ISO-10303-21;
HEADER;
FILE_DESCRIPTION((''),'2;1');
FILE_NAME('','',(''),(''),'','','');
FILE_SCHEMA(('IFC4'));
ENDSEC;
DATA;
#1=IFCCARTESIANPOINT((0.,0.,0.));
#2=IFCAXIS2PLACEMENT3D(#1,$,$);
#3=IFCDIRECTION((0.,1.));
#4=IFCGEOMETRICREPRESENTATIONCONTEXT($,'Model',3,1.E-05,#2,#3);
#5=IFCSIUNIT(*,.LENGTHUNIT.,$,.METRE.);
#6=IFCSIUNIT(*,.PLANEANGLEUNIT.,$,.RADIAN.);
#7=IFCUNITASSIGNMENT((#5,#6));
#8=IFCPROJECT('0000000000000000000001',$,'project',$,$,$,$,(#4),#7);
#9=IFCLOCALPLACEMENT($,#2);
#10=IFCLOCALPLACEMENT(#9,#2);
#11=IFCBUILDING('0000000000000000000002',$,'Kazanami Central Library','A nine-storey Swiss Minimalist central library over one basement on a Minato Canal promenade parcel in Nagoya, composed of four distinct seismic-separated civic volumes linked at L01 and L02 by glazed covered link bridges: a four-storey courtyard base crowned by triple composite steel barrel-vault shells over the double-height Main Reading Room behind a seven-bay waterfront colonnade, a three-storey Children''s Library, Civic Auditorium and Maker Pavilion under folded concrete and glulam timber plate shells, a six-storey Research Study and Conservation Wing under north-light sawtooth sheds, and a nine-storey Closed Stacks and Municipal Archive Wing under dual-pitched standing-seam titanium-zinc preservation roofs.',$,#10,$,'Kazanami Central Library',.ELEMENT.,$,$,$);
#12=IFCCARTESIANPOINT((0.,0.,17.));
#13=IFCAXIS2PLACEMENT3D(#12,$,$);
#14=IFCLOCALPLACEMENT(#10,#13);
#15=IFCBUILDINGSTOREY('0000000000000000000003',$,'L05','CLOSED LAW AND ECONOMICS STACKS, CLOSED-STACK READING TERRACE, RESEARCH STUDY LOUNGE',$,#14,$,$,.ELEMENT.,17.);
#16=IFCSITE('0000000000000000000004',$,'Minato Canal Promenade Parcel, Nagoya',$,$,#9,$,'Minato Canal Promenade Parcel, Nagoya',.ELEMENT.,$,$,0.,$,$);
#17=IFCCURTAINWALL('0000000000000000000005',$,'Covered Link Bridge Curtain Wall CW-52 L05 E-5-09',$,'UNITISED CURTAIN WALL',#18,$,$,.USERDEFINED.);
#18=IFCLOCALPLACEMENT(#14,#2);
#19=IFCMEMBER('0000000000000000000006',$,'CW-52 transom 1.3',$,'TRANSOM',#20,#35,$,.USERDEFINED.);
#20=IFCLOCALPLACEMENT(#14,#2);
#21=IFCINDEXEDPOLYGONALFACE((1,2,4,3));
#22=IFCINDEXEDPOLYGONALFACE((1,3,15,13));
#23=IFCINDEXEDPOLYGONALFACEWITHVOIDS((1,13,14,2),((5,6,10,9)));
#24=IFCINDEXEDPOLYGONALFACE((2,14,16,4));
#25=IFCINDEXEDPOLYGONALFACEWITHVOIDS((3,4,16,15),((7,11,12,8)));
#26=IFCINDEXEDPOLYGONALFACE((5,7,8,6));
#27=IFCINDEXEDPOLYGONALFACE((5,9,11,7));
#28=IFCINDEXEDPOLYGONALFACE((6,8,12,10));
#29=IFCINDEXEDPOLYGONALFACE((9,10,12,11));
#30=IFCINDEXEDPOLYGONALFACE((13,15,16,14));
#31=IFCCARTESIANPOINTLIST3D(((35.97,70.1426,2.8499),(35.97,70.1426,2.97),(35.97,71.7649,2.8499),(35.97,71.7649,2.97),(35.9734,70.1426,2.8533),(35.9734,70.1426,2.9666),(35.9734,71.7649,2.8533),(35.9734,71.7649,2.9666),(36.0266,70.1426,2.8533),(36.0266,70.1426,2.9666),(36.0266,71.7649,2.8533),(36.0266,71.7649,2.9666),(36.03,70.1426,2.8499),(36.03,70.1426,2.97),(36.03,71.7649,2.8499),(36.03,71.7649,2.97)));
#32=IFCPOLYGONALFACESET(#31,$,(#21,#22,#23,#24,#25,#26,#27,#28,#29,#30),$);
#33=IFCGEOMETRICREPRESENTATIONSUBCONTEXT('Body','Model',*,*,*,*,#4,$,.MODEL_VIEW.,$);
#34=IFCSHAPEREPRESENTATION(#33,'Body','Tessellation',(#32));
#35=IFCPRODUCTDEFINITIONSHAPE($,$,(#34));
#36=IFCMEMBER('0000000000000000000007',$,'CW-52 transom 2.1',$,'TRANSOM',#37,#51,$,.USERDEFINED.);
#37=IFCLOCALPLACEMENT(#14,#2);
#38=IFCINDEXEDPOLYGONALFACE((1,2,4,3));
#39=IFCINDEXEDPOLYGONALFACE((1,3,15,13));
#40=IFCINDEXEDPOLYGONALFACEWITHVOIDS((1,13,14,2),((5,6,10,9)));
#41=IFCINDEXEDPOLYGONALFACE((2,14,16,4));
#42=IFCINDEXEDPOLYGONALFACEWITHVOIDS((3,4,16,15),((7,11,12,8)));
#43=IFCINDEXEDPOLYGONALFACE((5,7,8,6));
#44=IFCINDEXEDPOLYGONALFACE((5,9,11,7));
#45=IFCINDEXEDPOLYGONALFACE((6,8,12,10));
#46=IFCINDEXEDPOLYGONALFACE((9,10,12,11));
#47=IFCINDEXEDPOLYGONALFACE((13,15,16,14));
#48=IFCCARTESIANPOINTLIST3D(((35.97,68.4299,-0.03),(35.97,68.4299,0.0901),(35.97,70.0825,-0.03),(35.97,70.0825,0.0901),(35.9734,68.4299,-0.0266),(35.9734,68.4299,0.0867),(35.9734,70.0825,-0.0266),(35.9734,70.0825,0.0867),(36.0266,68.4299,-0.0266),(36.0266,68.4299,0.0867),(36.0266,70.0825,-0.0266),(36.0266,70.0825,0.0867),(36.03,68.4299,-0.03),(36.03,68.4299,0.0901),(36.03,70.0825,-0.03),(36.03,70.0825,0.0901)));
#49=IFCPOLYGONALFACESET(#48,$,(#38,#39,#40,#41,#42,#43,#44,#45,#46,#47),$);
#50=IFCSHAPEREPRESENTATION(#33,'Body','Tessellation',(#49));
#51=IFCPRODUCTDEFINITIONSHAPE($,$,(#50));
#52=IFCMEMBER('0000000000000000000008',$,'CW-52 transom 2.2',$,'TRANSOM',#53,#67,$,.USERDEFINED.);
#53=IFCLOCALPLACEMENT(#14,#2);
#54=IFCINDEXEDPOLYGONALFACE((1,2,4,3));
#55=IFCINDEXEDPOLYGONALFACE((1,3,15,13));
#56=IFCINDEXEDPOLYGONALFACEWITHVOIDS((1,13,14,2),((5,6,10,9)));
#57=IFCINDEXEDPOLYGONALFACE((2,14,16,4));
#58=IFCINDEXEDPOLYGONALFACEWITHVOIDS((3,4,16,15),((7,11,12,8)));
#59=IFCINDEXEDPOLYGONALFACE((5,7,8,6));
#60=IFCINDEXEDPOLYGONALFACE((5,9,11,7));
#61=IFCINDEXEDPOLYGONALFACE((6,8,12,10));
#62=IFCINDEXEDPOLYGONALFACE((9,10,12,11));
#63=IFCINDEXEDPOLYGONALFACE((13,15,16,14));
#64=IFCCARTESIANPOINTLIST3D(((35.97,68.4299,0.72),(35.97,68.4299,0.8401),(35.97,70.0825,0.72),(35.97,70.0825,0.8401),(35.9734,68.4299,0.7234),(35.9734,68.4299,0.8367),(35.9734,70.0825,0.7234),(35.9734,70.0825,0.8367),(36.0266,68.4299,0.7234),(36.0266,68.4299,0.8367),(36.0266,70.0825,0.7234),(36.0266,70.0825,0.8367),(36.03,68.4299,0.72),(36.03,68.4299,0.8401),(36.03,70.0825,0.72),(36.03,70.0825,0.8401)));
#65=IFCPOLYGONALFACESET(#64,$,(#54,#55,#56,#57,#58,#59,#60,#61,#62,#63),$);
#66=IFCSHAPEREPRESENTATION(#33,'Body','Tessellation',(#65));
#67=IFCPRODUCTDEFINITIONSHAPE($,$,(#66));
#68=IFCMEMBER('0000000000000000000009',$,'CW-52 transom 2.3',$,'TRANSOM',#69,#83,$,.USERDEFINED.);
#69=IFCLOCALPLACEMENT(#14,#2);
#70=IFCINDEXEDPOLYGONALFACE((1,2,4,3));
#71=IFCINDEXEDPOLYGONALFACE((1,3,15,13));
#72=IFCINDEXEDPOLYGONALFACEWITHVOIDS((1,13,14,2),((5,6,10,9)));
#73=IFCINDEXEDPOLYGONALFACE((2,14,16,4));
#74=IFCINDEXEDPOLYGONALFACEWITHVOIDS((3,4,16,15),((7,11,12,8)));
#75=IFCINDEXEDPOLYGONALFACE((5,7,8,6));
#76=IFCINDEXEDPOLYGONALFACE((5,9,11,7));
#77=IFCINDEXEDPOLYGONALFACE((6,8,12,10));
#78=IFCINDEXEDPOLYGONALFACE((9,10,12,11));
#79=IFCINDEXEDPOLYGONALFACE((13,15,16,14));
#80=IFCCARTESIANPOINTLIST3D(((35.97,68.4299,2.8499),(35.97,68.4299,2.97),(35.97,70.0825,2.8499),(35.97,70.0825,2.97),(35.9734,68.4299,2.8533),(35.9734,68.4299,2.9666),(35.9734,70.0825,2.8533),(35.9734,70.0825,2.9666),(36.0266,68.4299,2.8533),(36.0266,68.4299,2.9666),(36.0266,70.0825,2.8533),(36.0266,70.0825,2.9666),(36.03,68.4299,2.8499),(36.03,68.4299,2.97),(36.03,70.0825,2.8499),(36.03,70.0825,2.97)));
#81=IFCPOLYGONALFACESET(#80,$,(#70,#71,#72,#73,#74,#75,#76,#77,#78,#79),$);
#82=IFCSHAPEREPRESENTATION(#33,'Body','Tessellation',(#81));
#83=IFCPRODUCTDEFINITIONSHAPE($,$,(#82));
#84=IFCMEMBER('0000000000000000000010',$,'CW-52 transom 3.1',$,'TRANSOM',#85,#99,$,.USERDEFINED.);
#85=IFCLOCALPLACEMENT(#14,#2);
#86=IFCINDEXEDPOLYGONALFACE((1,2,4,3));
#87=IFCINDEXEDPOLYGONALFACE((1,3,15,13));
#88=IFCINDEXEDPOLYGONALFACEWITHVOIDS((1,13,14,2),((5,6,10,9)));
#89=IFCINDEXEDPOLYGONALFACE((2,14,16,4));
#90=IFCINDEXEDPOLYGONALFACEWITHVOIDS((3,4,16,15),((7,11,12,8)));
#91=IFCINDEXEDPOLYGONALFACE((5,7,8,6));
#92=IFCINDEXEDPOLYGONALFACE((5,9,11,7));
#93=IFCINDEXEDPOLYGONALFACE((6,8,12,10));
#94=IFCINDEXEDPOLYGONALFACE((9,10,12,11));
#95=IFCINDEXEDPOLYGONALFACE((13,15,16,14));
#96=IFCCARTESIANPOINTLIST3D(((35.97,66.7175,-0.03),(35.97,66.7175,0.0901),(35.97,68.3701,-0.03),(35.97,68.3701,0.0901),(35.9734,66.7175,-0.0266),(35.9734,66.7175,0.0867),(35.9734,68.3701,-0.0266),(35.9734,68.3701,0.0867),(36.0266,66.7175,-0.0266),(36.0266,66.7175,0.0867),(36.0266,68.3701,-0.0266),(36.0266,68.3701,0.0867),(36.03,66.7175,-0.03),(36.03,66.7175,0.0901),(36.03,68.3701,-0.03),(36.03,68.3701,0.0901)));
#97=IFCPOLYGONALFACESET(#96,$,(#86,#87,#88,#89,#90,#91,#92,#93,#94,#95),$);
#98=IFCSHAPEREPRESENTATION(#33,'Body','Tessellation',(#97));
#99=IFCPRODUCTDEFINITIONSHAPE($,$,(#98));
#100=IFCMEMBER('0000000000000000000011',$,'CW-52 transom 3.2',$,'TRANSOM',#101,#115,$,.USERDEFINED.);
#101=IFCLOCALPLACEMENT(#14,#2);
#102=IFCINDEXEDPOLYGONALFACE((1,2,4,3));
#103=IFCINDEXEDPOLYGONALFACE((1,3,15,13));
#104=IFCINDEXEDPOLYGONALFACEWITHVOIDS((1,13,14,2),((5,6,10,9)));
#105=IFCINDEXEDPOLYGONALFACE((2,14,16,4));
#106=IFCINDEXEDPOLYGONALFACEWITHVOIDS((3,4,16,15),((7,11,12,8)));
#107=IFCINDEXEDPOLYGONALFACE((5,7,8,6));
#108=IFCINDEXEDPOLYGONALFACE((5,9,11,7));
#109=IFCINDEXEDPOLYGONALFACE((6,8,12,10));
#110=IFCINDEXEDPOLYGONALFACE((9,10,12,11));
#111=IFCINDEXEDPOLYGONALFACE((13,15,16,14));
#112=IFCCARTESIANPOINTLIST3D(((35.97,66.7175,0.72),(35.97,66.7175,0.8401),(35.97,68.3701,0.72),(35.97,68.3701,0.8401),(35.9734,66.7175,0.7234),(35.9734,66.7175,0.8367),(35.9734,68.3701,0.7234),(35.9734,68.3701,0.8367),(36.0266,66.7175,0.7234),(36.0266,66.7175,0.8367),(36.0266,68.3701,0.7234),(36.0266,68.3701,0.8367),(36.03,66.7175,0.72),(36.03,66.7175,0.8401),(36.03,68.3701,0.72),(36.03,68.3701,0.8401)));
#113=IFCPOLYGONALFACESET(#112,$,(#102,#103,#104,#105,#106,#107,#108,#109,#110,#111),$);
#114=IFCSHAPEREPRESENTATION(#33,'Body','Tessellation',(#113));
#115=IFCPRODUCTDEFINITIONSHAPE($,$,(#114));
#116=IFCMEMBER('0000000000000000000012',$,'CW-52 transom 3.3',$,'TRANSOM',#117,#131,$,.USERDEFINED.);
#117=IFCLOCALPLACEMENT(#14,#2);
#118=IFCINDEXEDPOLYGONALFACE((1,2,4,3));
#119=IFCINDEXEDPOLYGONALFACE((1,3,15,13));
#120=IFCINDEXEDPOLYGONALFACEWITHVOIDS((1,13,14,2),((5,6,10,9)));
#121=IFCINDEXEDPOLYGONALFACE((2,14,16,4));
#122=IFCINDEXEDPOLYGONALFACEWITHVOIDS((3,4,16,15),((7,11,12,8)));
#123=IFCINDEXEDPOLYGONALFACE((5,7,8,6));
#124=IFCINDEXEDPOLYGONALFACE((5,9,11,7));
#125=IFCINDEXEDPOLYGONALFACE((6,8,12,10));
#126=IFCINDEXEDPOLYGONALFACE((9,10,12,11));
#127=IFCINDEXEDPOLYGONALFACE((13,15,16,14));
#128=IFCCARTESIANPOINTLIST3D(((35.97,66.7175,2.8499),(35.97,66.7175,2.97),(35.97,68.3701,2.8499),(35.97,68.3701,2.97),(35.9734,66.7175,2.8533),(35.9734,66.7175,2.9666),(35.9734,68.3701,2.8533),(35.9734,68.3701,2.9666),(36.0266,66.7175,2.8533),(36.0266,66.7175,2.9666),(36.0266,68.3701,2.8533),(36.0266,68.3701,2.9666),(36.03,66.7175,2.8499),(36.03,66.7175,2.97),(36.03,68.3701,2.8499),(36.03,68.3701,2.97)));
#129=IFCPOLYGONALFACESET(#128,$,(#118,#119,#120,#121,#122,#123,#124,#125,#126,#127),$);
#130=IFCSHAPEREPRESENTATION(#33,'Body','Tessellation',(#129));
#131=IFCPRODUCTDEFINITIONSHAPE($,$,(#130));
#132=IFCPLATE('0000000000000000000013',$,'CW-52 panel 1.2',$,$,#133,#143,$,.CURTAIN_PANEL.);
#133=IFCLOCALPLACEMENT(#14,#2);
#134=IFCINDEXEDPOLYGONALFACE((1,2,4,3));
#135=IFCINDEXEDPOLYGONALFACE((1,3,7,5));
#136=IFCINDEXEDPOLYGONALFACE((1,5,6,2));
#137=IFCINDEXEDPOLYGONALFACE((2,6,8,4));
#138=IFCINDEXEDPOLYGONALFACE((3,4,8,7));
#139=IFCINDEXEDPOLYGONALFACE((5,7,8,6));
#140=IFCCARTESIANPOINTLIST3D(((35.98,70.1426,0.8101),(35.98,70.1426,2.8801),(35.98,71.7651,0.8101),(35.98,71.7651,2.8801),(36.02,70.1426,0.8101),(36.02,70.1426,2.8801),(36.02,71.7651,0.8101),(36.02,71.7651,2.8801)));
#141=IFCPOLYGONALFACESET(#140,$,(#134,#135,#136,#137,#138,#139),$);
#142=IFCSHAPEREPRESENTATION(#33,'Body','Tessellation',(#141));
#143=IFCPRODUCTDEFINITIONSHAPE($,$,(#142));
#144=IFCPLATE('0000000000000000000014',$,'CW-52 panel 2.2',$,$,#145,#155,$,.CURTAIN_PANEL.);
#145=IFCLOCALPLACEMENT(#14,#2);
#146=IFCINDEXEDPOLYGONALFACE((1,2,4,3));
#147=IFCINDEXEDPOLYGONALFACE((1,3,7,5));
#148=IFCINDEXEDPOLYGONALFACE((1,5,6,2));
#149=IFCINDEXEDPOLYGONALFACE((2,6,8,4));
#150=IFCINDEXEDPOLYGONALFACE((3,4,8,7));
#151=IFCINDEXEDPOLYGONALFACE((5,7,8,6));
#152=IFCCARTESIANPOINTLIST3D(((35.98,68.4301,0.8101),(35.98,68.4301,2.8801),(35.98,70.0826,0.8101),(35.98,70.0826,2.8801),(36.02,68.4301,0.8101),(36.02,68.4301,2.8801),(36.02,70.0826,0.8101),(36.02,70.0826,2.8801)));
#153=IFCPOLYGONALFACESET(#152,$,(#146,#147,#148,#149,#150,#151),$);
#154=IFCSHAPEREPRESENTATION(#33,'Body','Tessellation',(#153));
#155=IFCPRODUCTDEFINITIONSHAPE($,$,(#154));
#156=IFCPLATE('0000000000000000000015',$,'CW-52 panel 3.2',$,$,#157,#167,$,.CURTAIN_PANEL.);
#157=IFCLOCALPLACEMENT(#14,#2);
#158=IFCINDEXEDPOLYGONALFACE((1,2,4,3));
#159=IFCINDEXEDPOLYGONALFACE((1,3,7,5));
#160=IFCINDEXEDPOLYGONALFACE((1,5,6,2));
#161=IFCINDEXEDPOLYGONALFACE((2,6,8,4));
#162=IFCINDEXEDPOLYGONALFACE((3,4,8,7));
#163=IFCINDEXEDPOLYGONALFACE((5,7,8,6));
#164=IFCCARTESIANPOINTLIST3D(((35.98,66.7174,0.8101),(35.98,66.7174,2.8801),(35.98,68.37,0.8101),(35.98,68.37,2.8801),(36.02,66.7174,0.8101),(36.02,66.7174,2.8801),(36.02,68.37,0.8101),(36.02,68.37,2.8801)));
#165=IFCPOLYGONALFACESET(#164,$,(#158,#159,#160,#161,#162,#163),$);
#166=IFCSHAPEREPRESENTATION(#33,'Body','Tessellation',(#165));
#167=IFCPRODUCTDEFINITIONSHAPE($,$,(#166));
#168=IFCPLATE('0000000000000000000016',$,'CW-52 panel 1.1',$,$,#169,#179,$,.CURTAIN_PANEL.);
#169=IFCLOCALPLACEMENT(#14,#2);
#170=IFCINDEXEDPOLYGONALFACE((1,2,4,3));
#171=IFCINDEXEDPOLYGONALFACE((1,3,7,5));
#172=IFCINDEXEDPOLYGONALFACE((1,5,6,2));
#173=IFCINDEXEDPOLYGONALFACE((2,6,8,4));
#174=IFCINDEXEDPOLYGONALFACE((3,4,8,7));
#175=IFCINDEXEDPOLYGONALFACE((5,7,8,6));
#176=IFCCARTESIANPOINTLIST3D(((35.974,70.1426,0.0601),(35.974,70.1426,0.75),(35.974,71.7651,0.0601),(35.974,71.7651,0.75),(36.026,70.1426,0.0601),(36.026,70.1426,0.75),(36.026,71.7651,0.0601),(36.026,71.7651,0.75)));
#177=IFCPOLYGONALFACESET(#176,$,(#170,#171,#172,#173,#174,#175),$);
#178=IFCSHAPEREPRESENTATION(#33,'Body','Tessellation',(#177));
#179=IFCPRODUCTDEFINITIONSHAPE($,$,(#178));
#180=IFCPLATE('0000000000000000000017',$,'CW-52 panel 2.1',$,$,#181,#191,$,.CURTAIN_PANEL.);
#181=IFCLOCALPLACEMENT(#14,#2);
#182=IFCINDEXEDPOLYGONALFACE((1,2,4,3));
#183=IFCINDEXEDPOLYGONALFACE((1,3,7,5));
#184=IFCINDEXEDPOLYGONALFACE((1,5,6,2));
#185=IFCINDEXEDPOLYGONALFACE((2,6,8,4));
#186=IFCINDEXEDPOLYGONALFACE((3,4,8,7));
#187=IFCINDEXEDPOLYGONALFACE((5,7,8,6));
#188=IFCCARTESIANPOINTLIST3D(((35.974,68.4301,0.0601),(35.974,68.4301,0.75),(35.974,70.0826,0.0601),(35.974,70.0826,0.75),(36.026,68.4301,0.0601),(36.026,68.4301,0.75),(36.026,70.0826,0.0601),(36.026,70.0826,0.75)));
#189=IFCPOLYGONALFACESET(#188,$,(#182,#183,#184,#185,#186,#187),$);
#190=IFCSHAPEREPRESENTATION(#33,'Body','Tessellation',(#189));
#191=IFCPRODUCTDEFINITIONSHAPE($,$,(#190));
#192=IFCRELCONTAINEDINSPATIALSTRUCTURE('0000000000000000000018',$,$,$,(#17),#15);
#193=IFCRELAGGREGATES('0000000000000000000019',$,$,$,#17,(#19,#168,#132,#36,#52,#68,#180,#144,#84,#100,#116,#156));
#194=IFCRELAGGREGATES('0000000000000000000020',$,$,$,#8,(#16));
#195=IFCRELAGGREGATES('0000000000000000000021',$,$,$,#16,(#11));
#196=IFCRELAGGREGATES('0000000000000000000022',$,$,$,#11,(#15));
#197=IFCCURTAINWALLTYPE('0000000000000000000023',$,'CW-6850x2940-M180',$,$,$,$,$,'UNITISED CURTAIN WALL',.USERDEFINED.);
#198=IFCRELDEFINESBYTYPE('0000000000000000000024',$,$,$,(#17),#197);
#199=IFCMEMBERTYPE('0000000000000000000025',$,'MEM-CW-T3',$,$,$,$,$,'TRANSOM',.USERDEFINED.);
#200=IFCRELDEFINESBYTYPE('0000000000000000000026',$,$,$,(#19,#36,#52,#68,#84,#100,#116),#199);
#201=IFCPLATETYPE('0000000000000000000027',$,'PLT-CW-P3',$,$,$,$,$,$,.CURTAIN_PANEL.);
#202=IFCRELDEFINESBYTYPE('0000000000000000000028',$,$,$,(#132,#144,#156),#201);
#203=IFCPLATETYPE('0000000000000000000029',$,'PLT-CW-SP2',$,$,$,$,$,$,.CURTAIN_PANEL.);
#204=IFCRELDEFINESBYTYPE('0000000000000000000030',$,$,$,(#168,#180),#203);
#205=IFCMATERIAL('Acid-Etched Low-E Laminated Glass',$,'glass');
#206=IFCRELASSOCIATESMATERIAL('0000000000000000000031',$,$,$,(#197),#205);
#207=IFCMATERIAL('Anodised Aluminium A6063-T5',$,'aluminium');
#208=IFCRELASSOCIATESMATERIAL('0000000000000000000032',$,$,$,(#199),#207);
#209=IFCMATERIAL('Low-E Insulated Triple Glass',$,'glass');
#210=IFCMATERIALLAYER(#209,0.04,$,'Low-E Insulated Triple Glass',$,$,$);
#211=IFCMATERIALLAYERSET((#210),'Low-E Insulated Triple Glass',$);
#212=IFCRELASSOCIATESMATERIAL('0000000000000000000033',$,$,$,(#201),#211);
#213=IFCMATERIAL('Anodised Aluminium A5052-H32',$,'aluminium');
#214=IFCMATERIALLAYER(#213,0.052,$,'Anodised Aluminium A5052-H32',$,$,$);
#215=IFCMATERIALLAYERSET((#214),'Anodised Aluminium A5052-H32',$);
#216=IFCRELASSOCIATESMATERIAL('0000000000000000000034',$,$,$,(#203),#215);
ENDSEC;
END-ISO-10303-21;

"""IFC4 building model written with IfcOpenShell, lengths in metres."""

from ifc_helpers import new_model, si_unit, direction, frame, origin, origin_2d, place, context, subcontext, project, spatial, rectangle, hollow_rectangle, extrude, material, layer, layer_set, material_profile, profile_set, type_object, element, aggregate, save


model = new_model("IFC4")

# Units and contexts
model_context = context("Model", 3, precision=1e-05, world=origin(), true_north=direction((0.0, 1.0)))
body_context = subcontext(model_context, "Body", "Model", "MODEL_VIEW")
ifc_project = project(units=[si_unit("LENGTHUNIT", "METRE"), si_unit("PLANEANGLEUNIT", "RADIAN")], contexts=[model_context])

# Site, building, storey
site_placement = place(None, origin())
site = spatial("IfcSite", under=ifc_project, at=site_placement, Name="Minato Canal Promenade Parcel, Nagoya", LongName="Minato Canal Promenade Parcel, Nagoya", CompositionType="ELEMENT", RefElevation=0.0)
building_placement = place(site_placement, origin())
building = spatial("IfcBuilding", under=site, at=building_placement, Name="Kazanami Central Library", Description="A nine-storey Swiss Minimalist central library over one basement on a Minato Canal promenade parcel in Nagoya, composed of four distinct seismic-separated civic volumes linked at L01 and L02 by glazed covered link bridges: a four-storey courtyard base crowned by triple composite steel barrel-vault shells over the double-height Main Reading Room behind a seven-bay waterfront colonnade, a three-storey Children's Library, Civic Auditorium and Maker Pavilion under folded concrete and glulam timber plate shells, a six-storey Research Study and Conservation Wing under north-light sawtooth sheds, and a nine-storey Closed Stacks and Municipal Archive Wing under dual-pitched standing-seam titanium-zinc preservation roofs.", LongName="Kazanami Central Library", CompositionType="ELEMENT")
storey_placement = place(building_placement, frame((0.0, 0.0, 17.0)))
storey = spatial("IfcBuildingStorey", under=building, at=storey_placement, Name="L05", Description="CLOSED LAW AND ECONOMICS STACKS, CLOSED-STACK READING TERRACE, RESEARCH STUDY LOUNGE", CompositionType="ELEMENT", Elevation=17.0)

# Curtain wall, members, plates
ifc_material_1 = material(Name="Acid-Etched Low-E Laminated Glass", Category="glass")
curtain_wall_type = type_object("IfcCurtainWallType", Name="CW-6850x2940-M180", ElementType="UNITISED CURTAIN WALL", PredefinedType="USERDEFINED", material=ifc_material_1)
curtain_wall_placement = place(storey_placement, origin())
curtain_wall = element("IfcCurtainWall", 1, at=curtain_wall_placement, inside=storey, type_object=curtain_wall_type, Name="Covered Link Bridge Curtain Wall CW-52 L05 E-5-09", ObjectType="UNITISED CURTAIN WALL", PredefinedType="USERDEFINED")
ifc_material_2 = material(Name="Anodised Aluminium A6063-T5", Category="aluminium")
ifc_material_profile_1 = material_profile(ifc_material_2, hollow_rectangle(XDim=0.0601, YDim=0.1201, WallThickness=0.0034, at=origin_2d()), Name="ALU-TRAN-60x120x3.5")
ifc_profile_set_1 = profile_set([ifc_material_profile_1], Name="Anodised Aluminium A6063-T5")
member_type_1 = type_object("IfcMemberType", Name="MEM-CW-T3", ElementType="TRANSOM", PredefinedType="USERDEFINED", material=ifc_profile_set_1)
member_1_placement = place(storey_placement, frame((36.0, 71.7649, 2.9099), z_axis=(0.0, -1.0, 0.0), x_axis=(1.0, 0.0, 0.0)))
member_1 = element("IfcMember", 2, at=member_1_placement, type_object=member_type_1, Name="CW-52 transom 1.3", ObjectType="TRANSOM", PredefinedType="USERDEFINED", context=body_context, shape_type="SweptSolid", body=[
    extrude(hollow_rectangle(XDim=0.0601, YDim=0.1201, WallThickness=0.0034, at=origin_2d()), origin(), (0.0, 0.0, 1.0), 1.6223),
])
member_2_placement = place(storey_placement, frame((36.0, 70.0825, 0.03), z_axis=(0.0, -1.0, 0.0), x_axis=(1.0, 0.0, 0.0)))
member_2 = element("IfcMember", 3, at=member_2_placement, type_object=member_type_1, Name="CW-52 transom 2.1", ObjectType="TRANSOM", PredefinedType="USERDEFINED", context=body_context, shape_type="SweptSolid", body=[
    extrude(hollow_rectangle(XDim=0.0601, YDim=0.1201, WallThickness=0.0034, at=origin_2d()), origin(), (0.0, 0.0, 1.0), 1.6526),
])
member_3_placement = place(storey_placement, frame((36.0, 70.0825, 0.78), z_axis=(0.0, -1.0, 0.0), x_axis=(1.0, 0.0, 0.0)))
member_3 = element("IfcMember", 4, at=member_3_placement, type_object=member_type_1, Name="CW-52 transom 2.2", ObjectType="TRANSOM", PredefinedType="USERDEFINED", context=body_context, shape_type="SweptSolid", body=[
    extrude(hollow_rectangle(XDim=0.0601, YDim=0.1201, WallThickness=0.0034, at=origin_2d()), origin(), (0.0, 0.0, 1.0), 1.6526),
])
member_4_placement = place(storey_placement, frame((36.0, 70.0825, 2.9099), z_axis=(0.0, -1.0, 0.0), x_axis=(1.0, 0.0, 0.0)))
member_4 = element("IfcMember", 5, at=member_4_placement, type_object=member_type_1, Name="CW-52 transom 2.3", ObjectType="TRANSOM", PredefinedType="USERDEFINED", context=body_context, shape_type="SweptSolid", body=[
    extrude(hollow_rectangle(XDim=0.0601, YDim=0.1201, WallThickness=0.0034, at=origin_2d()), origin(), (0.0, 0.0, 1.0), 1.6526),
])
member_5_placement = place(storey_placement, frame((36.0, 68.3701, 0.03), z_axis=(0.0, -1.0, 0.0), x_axis=(1.0, 0.0, 0.0)))
member_5 = element("IfcMember", 6, at=member_5_placement, type_object=member_type_1, Name="CW-52 transom 3.1", ObjectType="TRANSOM", PredefinedType="USERDEFINED", context=body_context, shape_type="SweptSolid", body=[
    extrude(hollow_rectangle(XDim=0.0601, YDim=0.1201, WallThickness=0.0034, at=origin_2d()), origin(), (0.0, 0.0, 1.0), 1.6526),
])
member_6_placement = place(storey_placement, frame((36.0, 68.3701, 0.78), z_axis=(0.0, -1.0, 0.0), x_axis=(1.0, 0.0, 0.0)))
member_6 = element("IfcMember", 7, at=member_6_placement, type_object=member_type_1, Name="CW-52 transom 3.2", ObjectType="TRANSOM", PredefinedType="USERDEFINED", context=body_context, shape_type="SweptSolid", body=[
    extrude(hollow_rectangle(XDim=0.0601, YDim=0.1201, WallThickness=0.0034, at=origin_2d()), origin(), (0.0, 0.0, 1.0), 1.6526),
])
member_7_placement = place(storey_placement, frame((36.0, 68.3701, 2.9099), z_axis=(0.0, -1.0, 0.0), x_axis=(1.0, 0.0, 0.0)))
member_7 = element("IfcMember", 8, at=member_7_placement, type_object=member_type_1, Name="CW-52 transom 3.3", ObjectType="TRANSOM", PredefinedType="USERDEFINED", context=body_context, shape_type="SweptSolid", body=[
    extrude(hollow_rectangle(XDim=0.0601, YDim=0.1201, WallThickness=0.0034, at=origin_2d()), origin(), (0.0, 0.0, 1.0), 1.6526),
])
ifc_material_3 = material(Name="Low-E Insulated Triple Glass", Category="glass")
ifc_layer_1 = layer(ifc_material_3, 0.04, Name="Low-E Insulated Triple Glass")
ifc_layer_set_1 = layer_set([ifc_layer_1], Name="Low-E Insulated Triple Glass")
plate_type_1 = type_object("IfcPlateType", Name="PLT-CW-P3", PredefinedType="CURTAIN_PANEL", material=ifc_layer_set_1)
plate_1_placement = place(storey_placement, frame((36.0, 70.9539, 0.8101), z_axis=(0.0, 0.0, 1.0), x_axis=(0.0, -1.0, 0.0)))
plate_1 = element("IfcPlate", 9, at=plate_1_placement, type_object=plate_type_1, Name="CW-52 panel 1.2", PredefinedType="CURTAIN_PANEL", context=body_context, shape_type="SweptSolid", body=[
    extrude(rectangle(XDim=1.6226, YDim=0.04, at=origin_2d()), origin(), (0.0, 0.0, 1.0), 2.0701),
])
plate_2_placement = place(storey_placement, frame((36.0, 69.2563, 0.8101), z_axis=(0.0, 0.0, 1.0), x_axis=(0.0, -1.0, 0.0)))
plate_2 = element("IfcPlate", 10, at=plate_2_placement, type_object=plate_type_1, Name="CW-52 panel 2.2", PredefinedType="CURTAIN_PANEL", context=body_context, shape_type="SweptSolid", body=[
    extrude(rectangle(XDim=1.6526, YDim=0.04, at=origin_2d()), origin(), (0.0, 0.0, 1.0), 2.0701),
])
plate_3_placement = place(storey_placement, frame((36.0, 67.5437, 0.8101), z_axis=(0.0, 0.0, 1.0), x_axis=(0.0, -1.0, 0.0)))
plate_3 = element("IfcPlate", 11, at=plate_3_placement, type_object=plate_type_1, Name="CW-52 panel 3.2", PredefinedType="CURTAIN_PANEL", context=body_context, shape_type="SweptSolid", body=[
    extrude(rectangle(XDim=1.6526, YDim=0.04, at=origin_2d()), origin(), (0.0, 0.0, 1.0), 2.0701),
])
ifc_material_4 = material(Name="Anodised Aluminium A5052-H32", Category="aluminium")
ifc_layer_2 = layer(ifc_material_4, 0.052, Name="Anodised Aluminium A5052-H32")
ifc_layer_set_2 = layer_set([ifc_layer_2], Name="Anodised Aluminium A5052-H32")
plate_type_2 = type_object("IfcPlateType", Name="PLT-CW-SP2", PredefinedType="CURTAIN_PANEL", material=ifc_layer_set_2)
plate_4_placement = place(storey_placement, frame((36.0, 70.9539, 0.0601), z_axis=(0.0, 0.0, 1.0), x_axis=(0.0, -1.0, 0.0)))
plate_4 = element("IfcPlate", 12, at=plate_4_placement, type_object=plate_type_2, Name="CW-52 panel 1.1", PredefinedType="CURTAIN_PANEL", context=body_context, shape_type="SweptSolid", body=[
    extrude(rectangle(XDim=1.6226, YDim=0.052, at=origin_2d()), origin(), (0.0, 0.0, 1.0), 0.6899),
])
plate_5_placement = place(storey_placement, frame((36.0, 69.2563, 0.0601), z_axis=(0.0, 0.0, 1.0), x_axis=(0.0, -1.0, 0.0)))
plate_5 = element("IfcPlate", 13, at=plate_5_placement, type_object=plate_type_2, Name="CW-52 panel 2.1", PredefinedType="CURTAIN_PANEL", context=body_context, shape_type="SweptSolid", body=[
    extrude(rectangle(XDim=1.6526, YDim=0.052, at=origin_2d()), origin(), (0.0, 0.0, 1.0), 0.6899),
])
aggregate(curtain_wall, [member_1, plate_4, plate_1, member_2, member_3, member_4, plate_5, plate_2, member_5, member_6, member_7, plate_3])

save(model, "model.ifc")
